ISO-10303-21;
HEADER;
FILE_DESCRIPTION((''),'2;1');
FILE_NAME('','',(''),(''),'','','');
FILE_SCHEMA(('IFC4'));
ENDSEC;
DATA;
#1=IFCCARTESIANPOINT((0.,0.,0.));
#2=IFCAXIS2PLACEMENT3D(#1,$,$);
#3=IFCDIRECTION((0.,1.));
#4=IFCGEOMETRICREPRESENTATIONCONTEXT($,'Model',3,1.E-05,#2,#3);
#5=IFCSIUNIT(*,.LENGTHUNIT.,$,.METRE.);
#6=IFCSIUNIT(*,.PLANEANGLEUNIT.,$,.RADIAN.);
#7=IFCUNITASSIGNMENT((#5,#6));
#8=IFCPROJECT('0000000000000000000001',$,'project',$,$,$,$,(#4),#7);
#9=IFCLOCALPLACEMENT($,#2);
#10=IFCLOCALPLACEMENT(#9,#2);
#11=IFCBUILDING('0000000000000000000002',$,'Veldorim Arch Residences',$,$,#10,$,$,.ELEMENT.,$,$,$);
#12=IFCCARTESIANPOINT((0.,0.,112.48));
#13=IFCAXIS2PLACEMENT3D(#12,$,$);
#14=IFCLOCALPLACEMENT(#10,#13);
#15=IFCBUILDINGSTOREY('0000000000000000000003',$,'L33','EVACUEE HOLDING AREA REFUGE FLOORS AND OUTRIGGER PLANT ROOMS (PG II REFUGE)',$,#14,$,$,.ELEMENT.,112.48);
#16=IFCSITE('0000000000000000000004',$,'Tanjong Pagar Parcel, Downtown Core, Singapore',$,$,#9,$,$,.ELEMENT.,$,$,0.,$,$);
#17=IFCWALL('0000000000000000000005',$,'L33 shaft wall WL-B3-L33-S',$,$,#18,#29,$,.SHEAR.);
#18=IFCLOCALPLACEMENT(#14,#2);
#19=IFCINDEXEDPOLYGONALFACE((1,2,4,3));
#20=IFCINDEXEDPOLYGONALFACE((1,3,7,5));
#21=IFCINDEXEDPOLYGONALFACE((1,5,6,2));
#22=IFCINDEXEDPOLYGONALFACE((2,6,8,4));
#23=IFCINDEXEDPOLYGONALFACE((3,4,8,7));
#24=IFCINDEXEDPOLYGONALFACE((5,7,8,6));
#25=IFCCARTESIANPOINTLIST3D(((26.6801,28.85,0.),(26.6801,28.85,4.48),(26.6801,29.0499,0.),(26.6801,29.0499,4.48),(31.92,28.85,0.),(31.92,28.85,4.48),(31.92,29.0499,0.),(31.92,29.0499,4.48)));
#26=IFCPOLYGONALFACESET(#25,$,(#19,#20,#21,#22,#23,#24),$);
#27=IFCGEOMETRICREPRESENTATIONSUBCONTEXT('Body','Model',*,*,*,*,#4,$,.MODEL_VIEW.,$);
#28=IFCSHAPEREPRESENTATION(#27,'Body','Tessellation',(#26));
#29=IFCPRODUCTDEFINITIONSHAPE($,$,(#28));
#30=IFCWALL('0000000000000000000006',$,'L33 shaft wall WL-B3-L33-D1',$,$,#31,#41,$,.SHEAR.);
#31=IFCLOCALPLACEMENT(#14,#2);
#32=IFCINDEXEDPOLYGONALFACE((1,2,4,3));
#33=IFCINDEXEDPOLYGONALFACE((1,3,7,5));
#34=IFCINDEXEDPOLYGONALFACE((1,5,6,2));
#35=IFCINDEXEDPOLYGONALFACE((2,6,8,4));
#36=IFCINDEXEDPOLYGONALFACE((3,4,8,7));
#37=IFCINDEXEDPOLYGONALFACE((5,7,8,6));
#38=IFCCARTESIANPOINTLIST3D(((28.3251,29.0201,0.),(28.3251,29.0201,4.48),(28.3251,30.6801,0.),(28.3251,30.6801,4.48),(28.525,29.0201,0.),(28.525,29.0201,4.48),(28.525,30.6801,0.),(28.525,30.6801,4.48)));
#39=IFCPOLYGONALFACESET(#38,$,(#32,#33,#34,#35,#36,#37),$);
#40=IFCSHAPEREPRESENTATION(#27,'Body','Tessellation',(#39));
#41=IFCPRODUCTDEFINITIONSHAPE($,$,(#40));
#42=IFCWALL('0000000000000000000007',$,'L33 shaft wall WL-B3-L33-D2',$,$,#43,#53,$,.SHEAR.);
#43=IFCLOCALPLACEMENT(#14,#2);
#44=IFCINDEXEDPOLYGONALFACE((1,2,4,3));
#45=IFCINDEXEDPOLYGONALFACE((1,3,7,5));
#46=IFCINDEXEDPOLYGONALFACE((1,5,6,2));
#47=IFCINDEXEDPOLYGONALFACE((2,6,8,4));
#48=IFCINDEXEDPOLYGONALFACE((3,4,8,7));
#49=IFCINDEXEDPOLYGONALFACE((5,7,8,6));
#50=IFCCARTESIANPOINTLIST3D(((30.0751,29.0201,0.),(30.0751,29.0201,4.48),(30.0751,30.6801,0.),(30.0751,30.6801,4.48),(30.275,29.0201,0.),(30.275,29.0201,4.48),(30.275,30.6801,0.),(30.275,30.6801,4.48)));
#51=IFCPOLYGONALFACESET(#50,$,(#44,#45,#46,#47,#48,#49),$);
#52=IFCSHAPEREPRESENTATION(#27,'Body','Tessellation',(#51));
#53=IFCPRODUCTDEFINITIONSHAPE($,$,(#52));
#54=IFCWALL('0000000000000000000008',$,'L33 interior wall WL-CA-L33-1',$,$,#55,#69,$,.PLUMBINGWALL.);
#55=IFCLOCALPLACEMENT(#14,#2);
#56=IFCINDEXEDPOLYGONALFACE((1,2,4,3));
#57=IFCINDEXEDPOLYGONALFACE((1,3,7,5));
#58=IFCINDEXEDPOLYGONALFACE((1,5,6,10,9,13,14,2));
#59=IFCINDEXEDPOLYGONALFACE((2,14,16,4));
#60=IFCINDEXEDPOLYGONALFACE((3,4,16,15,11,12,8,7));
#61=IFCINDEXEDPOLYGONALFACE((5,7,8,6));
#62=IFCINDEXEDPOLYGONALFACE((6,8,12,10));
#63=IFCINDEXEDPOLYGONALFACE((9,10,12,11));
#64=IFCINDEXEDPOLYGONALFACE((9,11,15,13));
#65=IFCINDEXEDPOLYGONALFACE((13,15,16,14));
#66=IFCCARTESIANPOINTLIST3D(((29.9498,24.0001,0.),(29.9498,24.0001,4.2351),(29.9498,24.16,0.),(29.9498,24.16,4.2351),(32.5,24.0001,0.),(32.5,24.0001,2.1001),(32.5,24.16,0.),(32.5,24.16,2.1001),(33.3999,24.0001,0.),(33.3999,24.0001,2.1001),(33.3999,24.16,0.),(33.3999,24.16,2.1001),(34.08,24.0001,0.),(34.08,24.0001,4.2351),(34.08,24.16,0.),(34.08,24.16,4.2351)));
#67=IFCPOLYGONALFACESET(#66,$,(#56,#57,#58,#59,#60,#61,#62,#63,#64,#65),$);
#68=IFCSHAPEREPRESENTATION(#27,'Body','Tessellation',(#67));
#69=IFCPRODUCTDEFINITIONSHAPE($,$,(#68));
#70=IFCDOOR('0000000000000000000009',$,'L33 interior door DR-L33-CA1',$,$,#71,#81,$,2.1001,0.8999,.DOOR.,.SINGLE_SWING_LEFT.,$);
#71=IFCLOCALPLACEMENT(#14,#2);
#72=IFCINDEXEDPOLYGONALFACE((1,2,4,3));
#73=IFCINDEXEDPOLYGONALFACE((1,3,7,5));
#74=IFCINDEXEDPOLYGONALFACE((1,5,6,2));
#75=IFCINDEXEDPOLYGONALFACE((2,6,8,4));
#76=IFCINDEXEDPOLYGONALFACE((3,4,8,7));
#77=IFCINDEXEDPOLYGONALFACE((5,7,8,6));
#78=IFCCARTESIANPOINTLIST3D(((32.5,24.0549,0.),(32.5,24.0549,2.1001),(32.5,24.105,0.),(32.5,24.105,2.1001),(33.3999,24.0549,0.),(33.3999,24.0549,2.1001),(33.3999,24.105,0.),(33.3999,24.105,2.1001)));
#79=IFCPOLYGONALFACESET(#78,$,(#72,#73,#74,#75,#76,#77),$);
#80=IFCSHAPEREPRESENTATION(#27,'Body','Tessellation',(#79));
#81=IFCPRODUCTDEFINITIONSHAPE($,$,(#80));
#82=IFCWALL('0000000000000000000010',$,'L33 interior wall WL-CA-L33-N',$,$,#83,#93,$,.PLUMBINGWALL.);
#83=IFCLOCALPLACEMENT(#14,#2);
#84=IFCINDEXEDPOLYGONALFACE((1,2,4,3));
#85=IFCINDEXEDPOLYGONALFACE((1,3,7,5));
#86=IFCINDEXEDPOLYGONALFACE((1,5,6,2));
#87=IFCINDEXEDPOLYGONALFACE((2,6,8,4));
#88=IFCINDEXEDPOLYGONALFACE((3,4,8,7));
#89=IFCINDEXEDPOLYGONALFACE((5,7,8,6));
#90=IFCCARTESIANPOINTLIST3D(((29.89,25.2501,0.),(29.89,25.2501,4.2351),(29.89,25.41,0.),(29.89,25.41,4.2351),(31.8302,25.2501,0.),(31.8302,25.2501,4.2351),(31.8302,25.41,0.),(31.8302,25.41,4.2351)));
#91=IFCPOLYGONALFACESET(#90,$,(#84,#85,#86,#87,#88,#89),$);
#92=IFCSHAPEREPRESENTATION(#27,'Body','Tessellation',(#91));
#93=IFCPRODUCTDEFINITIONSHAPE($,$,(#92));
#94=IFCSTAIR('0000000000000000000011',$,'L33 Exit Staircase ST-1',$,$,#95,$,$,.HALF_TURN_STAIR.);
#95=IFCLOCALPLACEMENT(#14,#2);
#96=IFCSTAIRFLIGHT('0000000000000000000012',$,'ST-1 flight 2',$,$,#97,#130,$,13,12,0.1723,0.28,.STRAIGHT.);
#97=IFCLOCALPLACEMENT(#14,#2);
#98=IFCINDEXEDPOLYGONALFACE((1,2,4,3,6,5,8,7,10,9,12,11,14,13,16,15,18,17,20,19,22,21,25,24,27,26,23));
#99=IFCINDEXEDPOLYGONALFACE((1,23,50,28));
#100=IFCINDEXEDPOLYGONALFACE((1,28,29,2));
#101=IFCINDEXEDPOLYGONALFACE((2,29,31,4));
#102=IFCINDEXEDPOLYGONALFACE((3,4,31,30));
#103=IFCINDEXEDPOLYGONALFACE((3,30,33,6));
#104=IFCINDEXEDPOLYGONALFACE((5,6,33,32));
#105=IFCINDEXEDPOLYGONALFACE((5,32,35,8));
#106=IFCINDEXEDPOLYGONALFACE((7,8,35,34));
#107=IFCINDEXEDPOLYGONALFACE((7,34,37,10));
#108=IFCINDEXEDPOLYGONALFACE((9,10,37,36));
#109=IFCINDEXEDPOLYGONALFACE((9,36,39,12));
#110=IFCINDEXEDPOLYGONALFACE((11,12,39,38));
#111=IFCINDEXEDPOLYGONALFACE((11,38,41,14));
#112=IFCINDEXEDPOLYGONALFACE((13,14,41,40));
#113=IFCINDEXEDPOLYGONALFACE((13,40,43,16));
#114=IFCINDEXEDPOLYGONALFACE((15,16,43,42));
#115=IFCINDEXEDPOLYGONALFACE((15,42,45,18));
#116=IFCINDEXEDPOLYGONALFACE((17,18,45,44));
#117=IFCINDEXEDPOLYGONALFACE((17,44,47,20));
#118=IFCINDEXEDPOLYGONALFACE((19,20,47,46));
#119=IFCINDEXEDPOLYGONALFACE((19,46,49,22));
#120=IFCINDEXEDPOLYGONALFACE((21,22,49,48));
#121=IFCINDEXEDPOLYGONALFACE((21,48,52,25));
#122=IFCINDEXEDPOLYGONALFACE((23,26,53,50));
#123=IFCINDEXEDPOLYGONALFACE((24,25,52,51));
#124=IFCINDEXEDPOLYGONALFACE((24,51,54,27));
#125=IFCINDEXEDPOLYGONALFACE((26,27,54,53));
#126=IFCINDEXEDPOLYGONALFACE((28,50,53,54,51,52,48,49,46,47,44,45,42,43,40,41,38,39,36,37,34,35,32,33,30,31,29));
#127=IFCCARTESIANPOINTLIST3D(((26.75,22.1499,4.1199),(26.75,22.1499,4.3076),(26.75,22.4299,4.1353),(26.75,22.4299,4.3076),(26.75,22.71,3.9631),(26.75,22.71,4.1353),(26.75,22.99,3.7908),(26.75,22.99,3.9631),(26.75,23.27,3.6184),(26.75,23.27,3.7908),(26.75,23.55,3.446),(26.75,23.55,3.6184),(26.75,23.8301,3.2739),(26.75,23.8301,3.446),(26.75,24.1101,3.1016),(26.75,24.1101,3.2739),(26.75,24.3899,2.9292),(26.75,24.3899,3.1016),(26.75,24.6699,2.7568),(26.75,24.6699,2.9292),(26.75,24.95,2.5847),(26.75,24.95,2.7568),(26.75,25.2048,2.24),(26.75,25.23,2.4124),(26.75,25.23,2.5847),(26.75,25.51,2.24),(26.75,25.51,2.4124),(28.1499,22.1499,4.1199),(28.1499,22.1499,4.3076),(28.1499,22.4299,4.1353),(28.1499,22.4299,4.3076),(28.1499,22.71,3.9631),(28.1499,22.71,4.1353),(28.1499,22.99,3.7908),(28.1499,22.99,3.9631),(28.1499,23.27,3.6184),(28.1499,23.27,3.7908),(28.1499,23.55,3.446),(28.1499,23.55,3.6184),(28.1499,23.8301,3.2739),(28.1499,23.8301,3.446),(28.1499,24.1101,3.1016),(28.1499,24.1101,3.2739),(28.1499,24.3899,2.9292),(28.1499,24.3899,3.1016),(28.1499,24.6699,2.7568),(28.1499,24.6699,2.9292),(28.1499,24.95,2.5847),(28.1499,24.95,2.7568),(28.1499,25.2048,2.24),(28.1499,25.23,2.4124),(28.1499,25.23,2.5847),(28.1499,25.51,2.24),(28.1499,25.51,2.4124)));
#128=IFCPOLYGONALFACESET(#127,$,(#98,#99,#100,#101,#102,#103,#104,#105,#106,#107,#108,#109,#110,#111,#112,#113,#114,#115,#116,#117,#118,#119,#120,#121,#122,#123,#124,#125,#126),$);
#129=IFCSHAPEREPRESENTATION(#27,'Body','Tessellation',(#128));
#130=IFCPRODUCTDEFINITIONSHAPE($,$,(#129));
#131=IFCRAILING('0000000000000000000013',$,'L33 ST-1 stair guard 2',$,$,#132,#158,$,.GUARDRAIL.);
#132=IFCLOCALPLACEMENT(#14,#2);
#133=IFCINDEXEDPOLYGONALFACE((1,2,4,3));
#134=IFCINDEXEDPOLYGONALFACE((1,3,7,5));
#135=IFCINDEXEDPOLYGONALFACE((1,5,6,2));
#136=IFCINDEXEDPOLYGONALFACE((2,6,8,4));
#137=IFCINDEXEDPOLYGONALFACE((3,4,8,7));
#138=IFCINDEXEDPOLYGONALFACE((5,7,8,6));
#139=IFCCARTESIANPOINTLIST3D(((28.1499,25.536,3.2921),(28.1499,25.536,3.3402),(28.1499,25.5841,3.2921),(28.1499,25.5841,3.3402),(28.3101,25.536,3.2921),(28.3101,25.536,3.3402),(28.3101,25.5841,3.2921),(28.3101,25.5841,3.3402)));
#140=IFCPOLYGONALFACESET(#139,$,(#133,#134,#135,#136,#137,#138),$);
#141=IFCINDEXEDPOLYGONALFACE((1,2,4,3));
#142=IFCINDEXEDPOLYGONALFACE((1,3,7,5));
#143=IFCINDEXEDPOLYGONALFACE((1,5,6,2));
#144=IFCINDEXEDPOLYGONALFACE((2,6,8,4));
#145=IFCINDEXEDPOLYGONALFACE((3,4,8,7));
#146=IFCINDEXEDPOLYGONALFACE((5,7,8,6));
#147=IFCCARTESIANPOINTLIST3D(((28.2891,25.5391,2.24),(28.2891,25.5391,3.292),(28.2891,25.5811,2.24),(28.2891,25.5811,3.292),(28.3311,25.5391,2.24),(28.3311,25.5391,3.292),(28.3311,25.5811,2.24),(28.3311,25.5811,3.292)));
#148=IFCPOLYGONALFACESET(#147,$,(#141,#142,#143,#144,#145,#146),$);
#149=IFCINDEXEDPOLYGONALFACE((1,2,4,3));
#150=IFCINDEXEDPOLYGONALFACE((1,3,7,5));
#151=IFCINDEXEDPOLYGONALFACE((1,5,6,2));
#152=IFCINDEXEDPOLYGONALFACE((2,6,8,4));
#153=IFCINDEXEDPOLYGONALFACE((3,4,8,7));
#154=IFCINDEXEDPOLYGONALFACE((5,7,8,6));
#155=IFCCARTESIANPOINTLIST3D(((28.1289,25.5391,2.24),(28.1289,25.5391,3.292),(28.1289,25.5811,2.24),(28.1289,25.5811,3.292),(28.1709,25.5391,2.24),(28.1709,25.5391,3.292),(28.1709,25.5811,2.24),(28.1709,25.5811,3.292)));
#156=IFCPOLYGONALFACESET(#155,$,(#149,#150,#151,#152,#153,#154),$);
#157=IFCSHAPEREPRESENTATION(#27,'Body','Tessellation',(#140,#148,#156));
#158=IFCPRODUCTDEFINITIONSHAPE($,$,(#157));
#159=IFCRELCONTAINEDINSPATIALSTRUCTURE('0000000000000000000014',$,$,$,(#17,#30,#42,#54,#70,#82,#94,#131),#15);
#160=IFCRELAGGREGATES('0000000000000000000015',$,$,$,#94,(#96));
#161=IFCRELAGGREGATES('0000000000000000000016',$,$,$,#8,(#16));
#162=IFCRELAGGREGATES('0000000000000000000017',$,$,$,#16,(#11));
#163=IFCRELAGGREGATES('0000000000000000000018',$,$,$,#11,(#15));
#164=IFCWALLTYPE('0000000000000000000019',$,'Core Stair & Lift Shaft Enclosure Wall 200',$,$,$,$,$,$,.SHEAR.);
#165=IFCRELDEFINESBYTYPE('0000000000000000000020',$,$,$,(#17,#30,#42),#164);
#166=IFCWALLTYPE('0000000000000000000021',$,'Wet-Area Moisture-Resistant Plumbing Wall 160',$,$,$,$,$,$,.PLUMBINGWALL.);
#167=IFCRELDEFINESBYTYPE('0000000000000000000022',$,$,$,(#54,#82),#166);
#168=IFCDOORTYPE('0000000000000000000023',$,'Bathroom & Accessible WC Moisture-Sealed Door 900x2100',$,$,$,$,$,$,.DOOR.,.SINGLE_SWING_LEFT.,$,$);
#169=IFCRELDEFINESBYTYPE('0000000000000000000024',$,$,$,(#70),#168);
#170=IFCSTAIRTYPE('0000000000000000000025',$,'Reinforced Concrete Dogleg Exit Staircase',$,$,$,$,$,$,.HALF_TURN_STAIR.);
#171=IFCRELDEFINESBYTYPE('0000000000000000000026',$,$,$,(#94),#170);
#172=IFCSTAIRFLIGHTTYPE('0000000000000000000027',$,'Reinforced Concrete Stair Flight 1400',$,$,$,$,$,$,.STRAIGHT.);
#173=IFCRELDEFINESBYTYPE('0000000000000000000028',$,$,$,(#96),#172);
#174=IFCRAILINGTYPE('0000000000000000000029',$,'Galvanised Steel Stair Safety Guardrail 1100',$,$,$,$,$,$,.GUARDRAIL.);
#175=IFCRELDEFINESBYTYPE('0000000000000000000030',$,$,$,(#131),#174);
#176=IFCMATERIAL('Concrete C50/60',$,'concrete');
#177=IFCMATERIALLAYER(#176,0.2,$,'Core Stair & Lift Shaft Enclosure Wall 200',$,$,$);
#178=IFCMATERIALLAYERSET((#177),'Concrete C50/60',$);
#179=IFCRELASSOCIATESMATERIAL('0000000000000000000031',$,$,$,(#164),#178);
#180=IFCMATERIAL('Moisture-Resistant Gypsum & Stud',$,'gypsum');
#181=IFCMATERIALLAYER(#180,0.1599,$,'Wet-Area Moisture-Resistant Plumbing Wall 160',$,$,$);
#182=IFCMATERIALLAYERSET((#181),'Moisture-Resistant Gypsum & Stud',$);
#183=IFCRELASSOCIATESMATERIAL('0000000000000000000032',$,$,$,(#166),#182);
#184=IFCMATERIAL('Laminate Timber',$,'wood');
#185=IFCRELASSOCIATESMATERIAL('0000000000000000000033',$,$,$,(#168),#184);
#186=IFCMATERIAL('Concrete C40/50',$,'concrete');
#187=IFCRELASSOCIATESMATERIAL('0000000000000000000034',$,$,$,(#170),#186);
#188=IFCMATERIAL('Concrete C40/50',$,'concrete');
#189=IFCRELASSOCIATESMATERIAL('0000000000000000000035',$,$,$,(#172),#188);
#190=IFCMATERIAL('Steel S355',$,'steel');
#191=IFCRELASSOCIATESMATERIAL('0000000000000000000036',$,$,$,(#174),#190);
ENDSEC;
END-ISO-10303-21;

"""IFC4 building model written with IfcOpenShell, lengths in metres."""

from ifc_helpers import new_model, si_unit, direction, frame, frame_2d, origin, origin_2d, place, context, subcontext, project, spatial, polyline, rectangle, outline, extrude, material, layer, layer_set, type_object, element, fill, aggregate, save


model = new_model("IFC4")

# Units and contexts
model_context = context("Model", 3, precision=1e-05, world=origin(), true_north=direction((0.0, 1.0)))
body_context = subcontext(model_context, "Body", "Model", "MODEL_VIEW")
ifc_project = project(units=[si_unit("LENGTHUNIT", "METRE"), si_unit("PLANEANGLEUNIT", "RADIAN")], contexts=[model_context])

# Site, building, storey
site_placement = place(None, origin())
site = spatial("IfcSite", under=ifc_project, at=site_placement, Name="Tanjong Pagar Parcel, Downtown Core, Singapore", CompositionType="ELEMENT", RefElevation=0.0)
building_placement = place(site_placement, origin())
building = spatial("IfcBuilding", under=site, at=building_placement, Name="Veldorim Arch Residences", CompositionType="ELEMENT")
storey_placement = place(building_placement, frame((0.0, 0.0, 112.48)))
storey = spatial("IfcBuildingStorey", under=building, at=storey_placement, Name="L33", Description="EVACUEE HOLDING AREA REFUGE FLOORS AND OUTRIGGER PLANT ROOMS (PG II REFUGE)", CompositionType="ELEMENT", Elevation=112.48)

# Walls
ifc_material_1 = material(Name="Concrete C50/60", Category="concrete")
ifc_layer_1 = layer(ifc_material_1, 0.2, Name="Core Stair & Lift Shaft Enclosure Wall 200")
ifc_layer_set_1 = layer_set([ifc_layer_1], Name="Concrete C50/60")
wall_type_1 = type_object("IfcWallType", Name="Core Stair & Lift Shaft Enclosure Wall 200", PredefinedType="SHEAR", material=ifc_layer_set_1)
wall_1_placement = place(storey_placement, frame((26.6799, 28.95, 0.0), z_axis=(0.0, 0.0, 1.0), x_axis=(1.0, 0.0, 0.0)))
element("IfcWall", 1, at=wall_1_placement, inside=storey, type_object=wall_type_1, Name="L33 shaft wall WL-B3-L33-S", PredefinedType="SHEAR", context=body_context, shape_type="SweptSolid", body=[
    extrude(rectangle(XDim=5.24, YDim=0.2, at=frame_2d((2.6201, 0.0))), origin(), (0.0, 0.0, 1.0), 4.48),
])
for number, where, z_axis, x_axis, name in (
    (2, (28.425, 29.02, 0.0), (0.0, 0.0, 1.0), (0.0, 1.0, 0.0), "L33 shaft wall WL-B3-L33-D1"),
    (3, (30.175, 29.02, 0.0), (0.0, 0.0, 1.0), (0.0, 1.0, 0.0), "L33 shaft wall WL-B3-L33-D2"),
):
    element("IfcWall", number, at=place(storey_placement, frame(where, z_axis=z_axis, x_axis=x_axis)), inside=storey, type_object=wall_type_1, Name=name, PredefinedType="SHEAR", context=body_context, shape_type="SweptSolid", body=[
        extrude(rectangle(XDim=1.6599, YDim=0.2, at=frame_2d((0.8301, 0.0))), origin(), (0.0, 0.0, 1.0), 4.48),
    ])

# Wall, opening, door
ifc_material_2 = material(Name="Moisture-Resistant Gypsum & Stud", Category="gypsum")
ifc_layer_2 = layer(ifc_material_2, 0.1599, Name="Wet-Area Moisture-Resistant Plumbing Wall 160")
ifc_layer_set_2 = layer_set([ifc_layer_2], Name="Moisture-Resistant Gypsum & Stud")
wall_type_2 = type_object("IfcWallType", Name="Wet-Area Moisture-Resistant Plumbing Wall 160", PredefinedType="PLUMBINGWALL", material=ifc_layer_set_2)
wall_2_placement = place(storey_placement, frame((29.95, 24.0801, 0.0), z_axis=(0.0, 0.0, 1.0), x_axis=(1.0, 0.0, 0.0)))
wall_2 = element("IfcWall", 4, at=wall_2_placement, inside=storey, type_object=wall_type_2, Name="L33 interior wall WL-CA-L33-1", PredefinedType="PLUMBINGWALL", context=body_context, shape_type="SweptSolid", body=[
    extrude(rectangle(XDim=4.1301, YDim=0.1599, at=frame_2d((2.0649, 0.0))), origin(), (0.0, 0.0, 1.0), 4.2351),
])
opening_placement = place(wall_2_placement, frame((2.55, 0.0, 0.0)))
opening = element("IfcOpeningElement", 5, at=opening_placement, cuts=wall_2, PredefinedType="OPENING", context=body_context, shape_type="SweptSolid", body=[
    extrude(rectangle(XDim=0.8999, YDim=2.1001, at=frame_2d((0.45, 1.05))), frame((0.0, 0.0898, 0.0), z_axis=(0.0, -1.0, 0.0), x_axis=(1.0, 0.0, 0.0)), (0.0, 0.0, 1.0), 0.1799),
])
ifc_material_3 = material(Name="Laminate Timber", Category="wood")
door_type = type_object("IfcDoorType", Name="Bathroom & Accessible WC Moisture-Sealed Door 900x2100", OperationType="SINGLE_SWING_LEFT", PredefinedType="DOOR", material=ifc_material_3)
door_placement = place(opening_placement, origin())
door = element("IfcDoor", 6, at=door_placement, inside=storey, type_object=door_type, Name="L33 interior door DR-L33-CA1", OperationType="SINGLE_SWING_LEFT", OverallHeight=2.1001, OverallWidth=0.8999, PredefinedType="DOOR", context=body_context, shape_type="SweptSolid", body=[
    extrude(rectangle(XDim=0.8999, YDim=2.1001, at=frame_2d((0.45, 1.05))), frame((0.0, 0.0249, 0.0), z_axis=(0.0, -1.0, 0.0), x_axis=(1.0, 0.0, 0.0)), (0.0, 0.0, 1.0), 0.05),
])
fill(opening, door)

# Wall
wall_3_placement = place(storey_placement, frame((29.8899, 25.3301, 0.0), z_axis=(0.0, 0.0, 1.0), x_axis=(1.0, 0.0, 0.0)))
element("IfcWall", 7, at=wall_3_placement, inside=storey, type_object=wall_type_2, Name="L33 interior wall WL-CA-L33-N", PredefinedType="PLUMBINGWALL", context=body_context, shape_type="SweptSolid", body=[
    extrude(rectangle(XDim=1.9402, YDim=0.1599, at=frame_2d((0.9702, 0.0))), origin(), (0.0, 0.0, 1.0), 4.2351),
])

# Stair, stair flight
ifc_material_4 = material(Name="Concrete C40/50", Category="concrete")
stair_type = type_object("IfcStairType", Name="Reinforced Concrete Dogleg Exit Staircase", PredefinedType="HALF_TURN_STAIR", material=ifc_material_4)
stair_placement = place(storey_placement, origin())
stair = element("IfcStair", 8, at=stair_placement, inside=storey, type_object=stair_type, Name="L33 Exit Staircase ST-1", PredefinedType="HALF_TURN_STAIR")
ifc_material_5 = material(Name="Concrete C40/50", Category="concrete")
stair_flight_type = type_object("IfcStairFlightType", Name="Reinforced Concrete Stair Flight 1400", PredefinedType="STRAIGHT", material=ifc_material_5)
stair_flight_placement = place(storey_placement, frame((27.45, 25.51, 2.24), z_axis=(0.0, 0.0, 1.0), x_axis=(0.0, -1.0, 0.0)))
stair_flight = element("IfcStairFlight", 9, at=stair_flight_placement, type_object=stair_flight_type, Name="ST-1 flight 2", NumberOfRisers=13, NumberOfTreads=12, PredefinedType="STRAIGHT", RiserHeight=0.1723, TreadLength=0.28, context=body_context, shape_type="SweptSolid", body=[
    extrude(outline(polyline([(0.0, 0.0), (0.0, 0.1724), (0.28, 0.1724), (0.28, 0.3447), (0.5601, 0.3447), (0.5601, 0.5168), (0.8401, 0.5168), (0.8401, 0.6892), (1.1201, 0.6892), (1.1201, 0.8616), (1.3999, 0.8616), (1.3999, 1.0339), (1.6799, 1.0339), (1.6799, 1.2061), (1.96, 1.2061), (1.96, 1.3784), (2.24, 1.3784), (2.24, 1.5508), (2.52, 1.5508), (2.52, 1.7231), (2.8, 1.7231), (2.8, 1.8953), (3.0801, 1.8953), (3.0801, 2.0676), (3.3601, 2.0676), (3.3601, 2.24), (3.3601, 1.8799), (0.3052, 0.0), (0.0, 0.0)])), frame((0.0, 0.7, 0.0), z_axis=(0.0, -1.0, 0.0), x_axis=(1.0, 0.0, 0.0)), (0.0, 0.0, 1.0), 1.3999),
])
aggregate(stair, [stair_flight])

# Railing
ifc_material_6 = material(Name="Steel S355", Category="steel")
railing_type_1 = type_object("IfcRailingType", Name="Galvanised Steel Stair Safety Guardrail 1100", PredefinedType="GUARDRAIL", material=ifc_material_6)
railing_1_placement = place(storey_placement, frame((28.3101, 25.5601, 2.24)))
element("IfcRailing", 10, at=railing_1_placement, inside=storey, type_object=railing_type_1, Name="L33 ST-1 stair guard 2", PredefinedType="GUARDRAIL", context=body_context, shape_type="SweptSolid", body=[
    extrude(rectangle(XDim=0.0481, YDim=0.0481, at=origin_2d()), frame((0.0, 0.0, 1.0762), z_axis=(-1.0, 0.0, 0.0), x_axis=(0.0, -1.0, 0.0)), (0.0, 0.0, 1.0), 0.1602),
    extrude(rectangle(XDim=0.042, YDim=0.042, at=origin_2d()), origin(), (0.0, 0.0, 1.0), 1.052),
    extrude(rectangle(XDim=0.042, YDim=0.042, at=origin_2d()), frame((-0.1602, 0.0, 0.0)), (0.0, 0.0, 1.0), 1.052),
])

save(model, "model.ifc")
